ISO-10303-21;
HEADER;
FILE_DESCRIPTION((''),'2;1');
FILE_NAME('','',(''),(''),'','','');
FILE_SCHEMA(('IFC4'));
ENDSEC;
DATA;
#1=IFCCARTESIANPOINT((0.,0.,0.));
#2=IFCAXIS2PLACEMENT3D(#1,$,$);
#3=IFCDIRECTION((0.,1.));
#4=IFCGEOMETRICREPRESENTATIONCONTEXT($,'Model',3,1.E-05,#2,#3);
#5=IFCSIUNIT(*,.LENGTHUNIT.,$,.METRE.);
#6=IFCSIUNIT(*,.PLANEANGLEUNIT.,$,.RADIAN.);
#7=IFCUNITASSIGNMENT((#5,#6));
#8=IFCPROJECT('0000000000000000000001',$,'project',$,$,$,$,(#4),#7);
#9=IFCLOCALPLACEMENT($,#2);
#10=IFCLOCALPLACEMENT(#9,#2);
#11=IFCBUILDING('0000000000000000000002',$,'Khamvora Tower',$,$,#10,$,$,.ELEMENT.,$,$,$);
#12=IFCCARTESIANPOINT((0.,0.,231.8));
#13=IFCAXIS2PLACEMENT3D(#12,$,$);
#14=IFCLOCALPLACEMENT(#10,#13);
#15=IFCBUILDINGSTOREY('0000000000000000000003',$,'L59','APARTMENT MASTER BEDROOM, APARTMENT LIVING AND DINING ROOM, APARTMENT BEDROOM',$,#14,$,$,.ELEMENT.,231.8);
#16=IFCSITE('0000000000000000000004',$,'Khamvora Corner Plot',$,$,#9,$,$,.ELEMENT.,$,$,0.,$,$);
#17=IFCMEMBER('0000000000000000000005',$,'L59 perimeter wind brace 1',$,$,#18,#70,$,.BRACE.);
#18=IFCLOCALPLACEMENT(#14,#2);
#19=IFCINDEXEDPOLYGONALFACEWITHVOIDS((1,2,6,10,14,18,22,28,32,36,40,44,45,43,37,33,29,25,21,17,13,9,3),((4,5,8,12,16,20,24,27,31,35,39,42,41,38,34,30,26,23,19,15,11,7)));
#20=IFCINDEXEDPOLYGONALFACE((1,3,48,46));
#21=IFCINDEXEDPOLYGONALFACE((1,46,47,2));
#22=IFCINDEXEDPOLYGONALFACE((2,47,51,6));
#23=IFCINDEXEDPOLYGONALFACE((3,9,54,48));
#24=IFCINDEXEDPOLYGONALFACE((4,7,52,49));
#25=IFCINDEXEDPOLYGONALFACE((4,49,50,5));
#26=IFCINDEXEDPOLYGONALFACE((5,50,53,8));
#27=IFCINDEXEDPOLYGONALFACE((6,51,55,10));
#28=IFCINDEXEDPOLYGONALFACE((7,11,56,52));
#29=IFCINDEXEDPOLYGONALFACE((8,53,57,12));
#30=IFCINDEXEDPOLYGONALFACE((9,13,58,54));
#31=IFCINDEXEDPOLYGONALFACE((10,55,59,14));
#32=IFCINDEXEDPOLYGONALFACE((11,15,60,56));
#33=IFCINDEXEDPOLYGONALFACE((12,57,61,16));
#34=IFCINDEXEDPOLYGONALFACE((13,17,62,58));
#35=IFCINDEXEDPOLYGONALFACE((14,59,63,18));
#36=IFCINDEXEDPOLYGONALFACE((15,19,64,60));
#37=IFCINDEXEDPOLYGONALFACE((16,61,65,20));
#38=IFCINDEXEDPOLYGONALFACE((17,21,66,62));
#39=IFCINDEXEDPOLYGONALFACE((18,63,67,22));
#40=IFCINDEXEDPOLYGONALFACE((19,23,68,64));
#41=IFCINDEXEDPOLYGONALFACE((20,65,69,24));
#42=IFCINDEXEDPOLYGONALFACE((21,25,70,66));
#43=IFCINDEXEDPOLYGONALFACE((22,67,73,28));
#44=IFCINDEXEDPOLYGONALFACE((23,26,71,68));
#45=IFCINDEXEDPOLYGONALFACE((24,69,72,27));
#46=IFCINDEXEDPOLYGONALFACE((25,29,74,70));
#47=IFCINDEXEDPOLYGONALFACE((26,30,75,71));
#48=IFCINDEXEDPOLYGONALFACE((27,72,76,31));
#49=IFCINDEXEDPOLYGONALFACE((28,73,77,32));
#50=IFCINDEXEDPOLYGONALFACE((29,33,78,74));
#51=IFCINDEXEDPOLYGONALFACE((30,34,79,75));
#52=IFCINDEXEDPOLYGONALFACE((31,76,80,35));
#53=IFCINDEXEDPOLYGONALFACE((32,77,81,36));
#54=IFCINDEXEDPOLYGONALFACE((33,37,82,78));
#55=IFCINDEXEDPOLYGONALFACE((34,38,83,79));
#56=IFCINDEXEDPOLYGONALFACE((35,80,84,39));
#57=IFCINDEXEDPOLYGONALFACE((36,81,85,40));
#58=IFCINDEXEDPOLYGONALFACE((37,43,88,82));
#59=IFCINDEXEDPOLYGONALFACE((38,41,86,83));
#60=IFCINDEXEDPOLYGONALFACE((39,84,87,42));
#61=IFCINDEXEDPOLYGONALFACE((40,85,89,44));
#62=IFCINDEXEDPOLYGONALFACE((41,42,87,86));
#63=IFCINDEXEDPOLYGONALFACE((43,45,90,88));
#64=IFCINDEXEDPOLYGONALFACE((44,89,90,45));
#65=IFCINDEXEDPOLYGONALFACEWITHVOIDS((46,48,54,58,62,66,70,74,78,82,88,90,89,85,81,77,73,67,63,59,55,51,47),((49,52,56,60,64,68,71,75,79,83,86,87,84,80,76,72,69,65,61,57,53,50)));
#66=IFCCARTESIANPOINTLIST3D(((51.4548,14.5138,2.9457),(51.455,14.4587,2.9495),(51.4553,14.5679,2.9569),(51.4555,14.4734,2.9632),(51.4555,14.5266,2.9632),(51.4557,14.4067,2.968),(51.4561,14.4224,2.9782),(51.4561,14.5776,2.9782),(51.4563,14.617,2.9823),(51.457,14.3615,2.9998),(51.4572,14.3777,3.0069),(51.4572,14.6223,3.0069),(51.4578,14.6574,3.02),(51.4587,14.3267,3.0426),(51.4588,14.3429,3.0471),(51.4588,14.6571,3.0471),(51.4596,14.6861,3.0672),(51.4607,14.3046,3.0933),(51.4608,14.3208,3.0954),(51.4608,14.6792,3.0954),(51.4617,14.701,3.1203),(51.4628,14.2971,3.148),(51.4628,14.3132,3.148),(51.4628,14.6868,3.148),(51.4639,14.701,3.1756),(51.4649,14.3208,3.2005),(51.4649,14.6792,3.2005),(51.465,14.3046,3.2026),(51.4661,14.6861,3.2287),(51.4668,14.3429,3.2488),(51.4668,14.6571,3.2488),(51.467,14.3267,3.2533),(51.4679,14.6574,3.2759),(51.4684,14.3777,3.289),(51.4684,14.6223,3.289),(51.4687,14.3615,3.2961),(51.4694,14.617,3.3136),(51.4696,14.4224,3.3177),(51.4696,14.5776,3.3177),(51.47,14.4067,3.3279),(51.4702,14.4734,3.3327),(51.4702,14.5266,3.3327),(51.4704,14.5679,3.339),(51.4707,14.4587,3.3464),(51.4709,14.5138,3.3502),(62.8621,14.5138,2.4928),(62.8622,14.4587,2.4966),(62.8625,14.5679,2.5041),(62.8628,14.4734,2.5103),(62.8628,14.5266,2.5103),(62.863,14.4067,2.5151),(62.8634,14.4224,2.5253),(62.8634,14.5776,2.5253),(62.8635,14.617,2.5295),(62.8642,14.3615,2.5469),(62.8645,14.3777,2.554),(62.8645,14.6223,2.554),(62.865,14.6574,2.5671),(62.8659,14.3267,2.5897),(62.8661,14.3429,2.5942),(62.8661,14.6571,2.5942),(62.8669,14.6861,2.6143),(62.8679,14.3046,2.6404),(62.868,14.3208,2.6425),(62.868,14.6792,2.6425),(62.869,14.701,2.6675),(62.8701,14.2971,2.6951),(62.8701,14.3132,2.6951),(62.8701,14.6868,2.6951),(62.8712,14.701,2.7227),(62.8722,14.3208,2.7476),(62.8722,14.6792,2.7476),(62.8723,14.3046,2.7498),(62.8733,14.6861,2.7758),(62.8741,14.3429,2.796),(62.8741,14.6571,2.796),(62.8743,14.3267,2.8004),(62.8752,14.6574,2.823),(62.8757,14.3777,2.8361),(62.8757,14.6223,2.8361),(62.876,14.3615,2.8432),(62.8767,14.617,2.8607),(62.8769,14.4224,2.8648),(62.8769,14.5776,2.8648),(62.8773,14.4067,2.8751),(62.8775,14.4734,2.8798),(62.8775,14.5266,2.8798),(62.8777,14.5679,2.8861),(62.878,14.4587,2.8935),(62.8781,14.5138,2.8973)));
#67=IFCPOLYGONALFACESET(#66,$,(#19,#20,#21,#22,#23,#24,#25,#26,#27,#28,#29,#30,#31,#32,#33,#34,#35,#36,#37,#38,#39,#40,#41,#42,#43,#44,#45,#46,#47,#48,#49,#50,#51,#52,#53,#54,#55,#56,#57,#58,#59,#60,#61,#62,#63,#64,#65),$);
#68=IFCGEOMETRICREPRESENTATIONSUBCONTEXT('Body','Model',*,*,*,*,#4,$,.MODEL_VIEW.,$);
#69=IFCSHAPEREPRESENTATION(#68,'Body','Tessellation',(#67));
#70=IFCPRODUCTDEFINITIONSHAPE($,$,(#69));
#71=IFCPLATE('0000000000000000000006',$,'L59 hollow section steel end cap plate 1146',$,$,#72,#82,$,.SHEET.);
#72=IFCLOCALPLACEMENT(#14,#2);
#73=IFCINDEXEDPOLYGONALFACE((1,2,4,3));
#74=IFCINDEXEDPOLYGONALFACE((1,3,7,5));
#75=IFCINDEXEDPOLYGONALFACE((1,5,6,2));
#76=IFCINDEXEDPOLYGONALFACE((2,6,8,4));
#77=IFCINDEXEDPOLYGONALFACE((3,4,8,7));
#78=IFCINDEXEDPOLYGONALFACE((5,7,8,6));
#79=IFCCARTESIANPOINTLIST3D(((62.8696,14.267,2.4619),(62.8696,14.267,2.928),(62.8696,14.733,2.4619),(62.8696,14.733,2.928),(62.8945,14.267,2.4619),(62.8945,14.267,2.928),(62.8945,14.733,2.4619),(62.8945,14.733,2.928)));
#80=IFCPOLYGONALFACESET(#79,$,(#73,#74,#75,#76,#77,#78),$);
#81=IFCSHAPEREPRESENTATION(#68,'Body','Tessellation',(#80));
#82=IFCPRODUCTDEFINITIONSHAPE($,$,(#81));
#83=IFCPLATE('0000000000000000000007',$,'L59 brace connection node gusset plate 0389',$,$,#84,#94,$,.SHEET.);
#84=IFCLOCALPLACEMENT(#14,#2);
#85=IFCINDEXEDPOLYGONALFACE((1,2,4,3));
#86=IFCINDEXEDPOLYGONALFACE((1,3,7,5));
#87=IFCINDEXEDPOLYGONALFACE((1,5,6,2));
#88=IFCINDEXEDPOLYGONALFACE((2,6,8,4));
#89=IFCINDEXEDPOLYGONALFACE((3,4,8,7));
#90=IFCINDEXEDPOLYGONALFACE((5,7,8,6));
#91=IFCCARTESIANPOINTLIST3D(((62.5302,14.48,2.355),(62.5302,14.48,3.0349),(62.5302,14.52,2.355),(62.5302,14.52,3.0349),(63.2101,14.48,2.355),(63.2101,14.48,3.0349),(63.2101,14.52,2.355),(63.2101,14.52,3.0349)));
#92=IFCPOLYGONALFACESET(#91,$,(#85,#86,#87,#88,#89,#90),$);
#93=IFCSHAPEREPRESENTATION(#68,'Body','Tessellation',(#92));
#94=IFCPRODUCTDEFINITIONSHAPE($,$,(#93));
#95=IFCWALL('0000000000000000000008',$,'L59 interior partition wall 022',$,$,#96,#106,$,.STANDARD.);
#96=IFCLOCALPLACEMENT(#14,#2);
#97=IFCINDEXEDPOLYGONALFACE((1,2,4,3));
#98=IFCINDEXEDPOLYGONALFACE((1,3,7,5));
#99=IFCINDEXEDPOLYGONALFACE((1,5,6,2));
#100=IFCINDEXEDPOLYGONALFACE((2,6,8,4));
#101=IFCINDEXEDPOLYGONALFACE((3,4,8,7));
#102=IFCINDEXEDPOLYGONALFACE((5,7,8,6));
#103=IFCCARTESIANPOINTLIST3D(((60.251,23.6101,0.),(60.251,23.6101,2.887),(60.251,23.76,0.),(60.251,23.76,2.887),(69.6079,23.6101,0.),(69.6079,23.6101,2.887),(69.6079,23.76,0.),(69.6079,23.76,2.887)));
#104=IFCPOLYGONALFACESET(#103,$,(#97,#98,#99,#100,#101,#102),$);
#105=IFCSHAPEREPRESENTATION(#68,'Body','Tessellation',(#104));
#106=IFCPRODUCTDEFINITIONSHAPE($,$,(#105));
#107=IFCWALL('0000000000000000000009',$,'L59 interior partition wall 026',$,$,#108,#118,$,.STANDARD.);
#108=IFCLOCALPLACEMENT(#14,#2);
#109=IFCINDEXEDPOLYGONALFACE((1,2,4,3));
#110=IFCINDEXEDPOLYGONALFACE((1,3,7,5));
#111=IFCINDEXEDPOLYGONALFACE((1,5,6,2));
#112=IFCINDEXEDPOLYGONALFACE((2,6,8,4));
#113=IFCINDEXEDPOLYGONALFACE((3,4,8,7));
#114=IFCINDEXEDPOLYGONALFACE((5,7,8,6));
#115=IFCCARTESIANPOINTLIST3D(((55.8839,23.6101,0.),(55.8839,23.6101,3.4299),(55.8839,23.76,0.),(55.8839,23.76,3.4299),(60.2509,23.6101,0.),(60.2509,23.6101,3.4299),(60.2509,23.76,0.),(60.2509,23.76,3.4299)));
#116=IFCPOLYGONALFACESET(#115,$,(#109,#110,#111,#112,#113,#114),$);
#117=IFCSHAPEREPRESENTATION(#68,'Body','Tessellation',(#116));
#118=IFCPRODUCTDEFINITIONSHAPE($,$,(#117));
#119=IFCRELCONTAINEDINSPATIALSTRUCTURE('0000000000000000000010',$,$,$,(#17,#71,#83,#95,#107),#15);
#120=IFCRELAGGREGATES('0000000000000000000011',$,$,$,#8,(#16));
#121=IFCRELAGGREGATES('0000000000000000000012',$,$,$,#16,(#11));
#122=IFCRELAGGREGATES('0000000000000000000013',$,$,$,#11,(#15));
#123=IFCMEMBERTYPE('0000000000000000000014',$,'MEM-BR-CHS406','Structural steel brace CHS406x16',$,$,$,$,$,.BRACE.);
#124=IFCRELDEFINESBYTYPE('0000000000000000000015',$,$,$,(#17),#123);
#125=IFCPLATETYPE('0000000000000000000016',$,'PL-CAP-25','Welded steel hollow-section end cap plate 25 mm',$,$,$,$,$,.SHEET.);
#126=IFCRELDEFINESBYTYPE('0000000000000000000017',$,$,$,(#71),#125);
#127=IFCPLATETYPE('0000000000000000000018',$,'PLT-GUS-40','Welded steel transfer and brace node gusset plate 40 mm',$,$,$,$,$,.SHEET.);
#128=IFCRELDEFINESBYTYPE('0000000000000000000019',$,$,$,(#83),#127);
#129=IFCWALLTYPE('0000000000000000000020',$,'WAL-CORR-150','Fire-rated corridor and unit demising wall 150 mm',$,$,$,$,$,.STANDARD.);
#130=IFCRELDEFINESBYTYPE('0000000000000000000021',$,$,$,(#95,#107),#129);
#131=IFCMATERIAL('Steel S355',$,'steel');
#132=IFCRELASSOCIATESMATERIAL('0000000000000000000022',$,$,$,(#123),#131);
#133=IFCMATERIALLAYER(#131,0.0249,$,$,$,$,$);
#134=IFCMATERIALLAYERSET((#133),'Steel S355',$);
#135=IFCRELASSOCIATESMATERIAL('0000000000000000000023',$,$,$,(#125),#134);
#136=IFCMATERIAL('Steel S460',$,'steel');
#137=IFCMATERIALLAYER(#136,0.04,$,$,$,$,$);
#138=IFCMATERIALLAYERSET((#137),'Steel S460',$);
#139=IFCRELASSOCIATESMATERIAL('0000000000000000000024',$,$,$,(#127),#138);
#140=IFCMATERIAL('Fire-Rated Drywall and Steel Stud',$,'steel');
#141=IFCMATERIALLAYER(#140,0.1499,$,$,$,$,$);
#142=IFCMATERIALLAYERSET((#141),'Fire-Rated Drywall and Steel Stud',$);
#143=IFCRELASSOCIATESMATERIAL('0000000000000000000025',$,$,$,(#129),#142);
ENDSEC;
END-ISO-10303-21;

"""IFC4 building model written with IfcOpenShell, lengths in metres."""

from ifc_helpers import new_model, si_unit, direction, frame, frame_2d, origin, origin_2d, place, context, subcontext, project, spatial, rectangle, hollow_circle, extrude, material, layer, layer_set, material_profile, profile_set, type_object, element, save


model = new_model("IFC4")

# Units and contexts
model_context = context("Model", 3, precision=1e-05, world=origin(), true_north=direction((0.0, 1.0)))
body_context = subcontext(model_context, "Body", "Model", "MODEL_VIEW")
ifc_project = project(units=[si_unit("LENGTHUNIT", "METRE"), si_unit("PLANEANGLEUNIT", "RADIAN")], contexts=[model_context])

# Site, building, storey
site_placement = place(None, origin())
site = spatial("IfcSite", under=ifc_project, at=site_placement, Name="Khamvora Corner Plot", CompositionType="ELEMENT", RefElevation=0.0)
building_placement = place(site_placement, origin())
building = spatial("IfcBuilding", under=site, at=building_placement, Name="Khamvora Tower", CompositionType="ELEMENT")
storey_placement = place(building_placement, frame((0.0, 0.0, 231.8)))
storey = spatial("IfcBuildingStorey", under=building, at=storey_placement, Name="L59", Description="APARTMENT MASTER BEDROOM, APARTMENT LIVING AND DINING ROOM, APARTMENT BEDROOM", CompositionType="ELEMENT", Elevation=231.8)

# Shared definitions
ifc_material_1 = material(Name="Steel S355", Category="steel")

# Member
ifc_material_profile_1 = material_profile(ifc_material_1, hollow_circle(Radius=0.2029, WallThickness=0.0161, at=origin_2d()), Name="CHS406x16")
ifc_profile_set_1 = profile_set([ifc_material_profile_1], Name="Steel S355")
member_type = type_object("IfcMemberType", Name="MEM-BR-CHS406", Description="Structural steel brace CHS406x16", PredefinedType="BRACE", material=ifc_profile_set_1)
member_placement = place(storey_placement, frame((62.8701, 14.5, 2.6951), z_axis=(-0.999213, 0.0, 0.03967), x_axis=(0.0, -1.0, 0.0)))
element("IfcMember", 1, at=member_placement, inside=storey, type_object=member_type, Name="L59 perimeter wind brace 1", PredefinedType="BRACE", context=body_context, shape_type="SweptSolid", body=[
    extrude(hollow_circle(Radius=0.2029, WallThickness=0.0161, at=origin_2d()), origin(), (0.0, 0.0, 1.0), 11.4163),
])

# Plates
ifc_layer_1 = layer(ifc_material_1, 0.0249)
ifc_layer_set_1 = layer_set([ifc_layer_1], Name="Steel S355")
plate_type_1 = type_object("IfcPlateType", Name="PL-CAP-25", Description="Welded steel hollow-section end cap plate 25 mm", PredefinedType="SHEET", material=ifc_layer_set_1)
plate_1_placement = place(storey_placement, frame((62.8821, 14.5, 2.4619), z_axis=(0.0, 0.0, 1.0), x_axis=(-1.0, 0.0, 0.0)))
element("IfcPlate", 2, at=plate_1_placement, inside=storey, type_object=plate_type_1, Name="L59 hollow section steel end cap plate 1146", PredefinedType="SHEET", context=body_context, shape_type="SweptSolid", body=[
    extrude(rectangle(XDim=0.0249, YDim=0.4661, at=origin_2d()), origin(), (0.0, 0.0, 1.0), 0.4661),
])
ifc_material_2 = material(Name="Steel S460", Category="steel")
ifc_layer_2 = layer(ifc_material_2, 0.04)
ifc_layer_set_2 = layer_set([ifc_layer_2], Name="Steel S460")
plate_type_2 = type_object("IfcPlateType", Name="PLT-GUS-40", Description="Welded steel transfer and brace node gusset plate 40 mm", PredefinedType="SHEET", material=ifc_layer_set_2)
plate_2_placement = place(storey_placement, frame((62.8701, 14.5, 2.355), z_axis=(0.0, 0.0, 1.0), x_axis=(1.0, 0.0, 0.0)))
element("IfcPlate", 3, at=plate_2_placement, inside=storey, type_object=plate_type_2, Name="L59 brace connection node gusset plate 0389", PredefinedType="SHEET", context=body_context, shape_type="SweptSolid", body=[
    extrude(rectangle(XDim=0.6799, YDim=0.04, at=origin_2d()), origin(), (0.0, 0.0, 1.0), 0.6799),
])

# Walls
ifc_material_3 = material(Name="Fire-Rated Drywall and Steel Stud", Category="steel")
ifc_layer_3 = layer(ifc_material_3, 0.1499)
ifc_layer_set_3 = layer_set([ifc_layer_3], Name="Fire-Rated Drywall and Steel Stud")
wall_type_1 = type_object("IfcWallType", Name="WAL-CORR-150", Description="Fire-rated corridor and unit demising wall 150 mm", PredefinedType="STANDARD", material=ifc_layer_set_3)
wall_1_placement = place(storey_placement, frame((69.6079, 23.6851, 0.0), z_axis=(0.0, 0.0, 1.0), x_axis=(-1.0, 0.0, 0.0)))
element("IfcWall", 4, at=wall_1_placement, inside=storey, type_object=wall_type_1, Name="L59 interior partition wall 022", PredefinedType="STANDARD", context=body_context, shape_type="SweptSolid", body=[
    extrude(rectangle(XDim=9.3569, YDim=0.1499, at=frame_2d((4.6785, 0.0))), origin(), (0.0, 0.0, 1.0), 2.887),
])
wall_2_placement = place(storey_placement, frame((60.251, 23.6851, 0.0), z_axis=(0.0, 0.0, 1.0), x_axis=(-1.0, 0.0, 0.0)))
element("IfcWall", 5, at=wall_2_placement, inside=storey, type_object=wall_type_1, Name="L59 interior partition wall 026", PredefinedType="STANDARD", context=body_context, shape_type="SweptSolid", body=[
    extrude(rectangle(XDim=4.3669, YDim=0.1499, at=frame_2d((2.1836, 0.0))), origin(), (0.0, 0.0, 1.0), 3.4299),
])

save(model, "model.ifc")
